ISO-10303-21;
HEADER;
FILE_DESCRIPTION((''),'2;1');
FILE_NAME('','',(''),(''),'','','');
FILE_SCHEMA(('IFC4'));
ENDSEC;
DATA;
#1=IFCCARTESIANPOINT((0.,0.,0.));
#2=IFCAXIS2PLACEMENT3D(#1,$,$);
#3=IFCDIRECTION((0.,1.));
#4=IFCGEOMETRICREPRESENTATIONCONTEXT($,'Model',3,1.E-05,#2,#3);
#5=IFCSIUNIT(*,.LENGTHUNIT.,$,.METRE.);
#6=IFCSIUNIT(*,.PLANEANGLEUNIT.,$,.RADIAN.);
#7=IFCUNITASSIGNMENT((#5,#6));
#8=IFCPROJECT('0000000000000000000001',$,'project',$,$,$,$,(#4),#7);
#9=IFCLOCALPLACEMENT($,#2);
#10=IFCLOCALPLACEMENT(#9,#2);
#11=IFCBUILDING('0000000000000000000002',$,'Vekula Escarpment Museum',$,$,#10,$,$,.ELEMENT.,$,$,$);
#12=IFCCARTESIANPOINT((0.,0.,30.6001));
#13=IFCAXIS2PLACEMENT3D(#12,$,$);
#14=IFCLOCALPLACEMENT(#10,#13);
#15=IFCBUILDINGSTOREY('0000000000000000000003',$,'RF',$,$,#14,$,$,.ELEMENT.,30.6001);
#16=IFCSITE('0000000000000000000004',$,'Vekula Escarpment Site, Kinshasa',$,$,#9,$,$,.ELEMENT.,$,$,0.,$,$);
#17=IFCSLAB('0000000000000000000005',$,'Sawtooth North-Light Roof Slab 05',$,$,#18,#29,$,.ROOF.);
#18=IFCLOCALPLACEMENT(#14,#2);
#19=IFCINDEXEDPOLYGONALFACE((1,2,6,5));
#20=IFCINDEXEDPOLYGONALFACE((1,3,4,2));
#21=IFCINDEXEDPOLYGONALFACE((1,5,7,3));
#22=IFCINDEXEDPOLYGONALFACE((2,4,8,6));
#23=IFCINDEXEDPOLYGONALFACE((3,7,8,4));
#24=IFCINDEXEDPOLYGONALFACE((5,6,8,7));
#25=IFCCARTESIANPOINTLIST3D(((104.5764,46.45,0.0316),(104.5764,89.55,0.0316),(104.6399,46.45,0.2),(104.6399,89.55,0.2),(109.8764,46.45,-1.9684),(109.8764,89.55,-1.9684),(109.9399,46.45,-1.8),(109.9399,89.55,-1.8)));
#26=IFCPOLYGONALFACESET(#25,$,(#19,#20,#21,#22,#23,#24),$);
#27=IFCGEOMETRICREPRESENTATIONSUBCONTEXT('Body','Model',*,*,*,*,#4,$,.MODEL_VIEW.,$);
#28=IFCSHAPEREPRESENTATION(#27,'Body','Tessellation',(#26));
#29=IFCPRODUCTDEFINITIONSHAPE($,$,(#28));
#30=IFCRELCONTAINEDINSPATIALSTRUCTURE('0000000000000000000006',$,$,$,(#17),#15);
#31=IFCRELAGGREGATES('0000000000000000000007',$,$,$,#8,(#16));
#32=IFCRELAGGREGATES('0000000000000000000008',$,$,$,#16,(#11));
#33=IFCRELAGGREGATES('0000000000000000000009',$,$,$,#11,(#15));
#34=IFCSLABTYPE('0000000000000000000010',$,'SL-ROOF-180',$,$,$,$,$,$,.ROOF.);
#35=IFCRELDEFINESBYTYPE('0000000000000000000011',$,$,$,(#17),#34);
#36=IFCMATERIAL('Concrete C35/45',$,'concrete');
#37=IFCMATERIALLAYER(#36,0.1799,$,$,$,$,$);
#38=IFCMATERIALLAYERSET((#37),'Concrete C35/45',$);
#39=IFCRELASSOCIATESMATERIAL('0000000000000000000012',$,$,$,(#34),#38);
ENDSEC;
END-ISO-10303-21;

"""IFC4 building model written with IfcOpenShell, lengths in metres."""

from ifc_helpers import new_model, si_unit, direction, frame, origin, place, context, subcontext, project, spatial, polyline, outline, extrude, material, layer, layer_set, type_object, element, save


model = new_model("IFC4")

# Units and contexts
model_context = context("Model", 3, precision=1e-05, world=origin(), true_north=direction((0.0, 1.0)))
body_context = subcontext(model_context, "Body", "Model", "MODEL_VIEW")
ifc_project = project(units=[si_unit("LENGTHUNIT", "METRE"), si_unit("PLANEANGLEUNIT", "RADIAN")], contexts=[model_context])

# Site, building, storey
site_placement = place(None, origin())
site = spatial("IfcSite", under=ifc_project, at=site_placement, Name="Vekula Escarpment Site, Kinshasa", CompositionType="ELEMENT", RefElevation=0.0)
building_placement = place(site_placement, origin())
building = spatial("IfcBuilding", under=site, at=building_placement, Name="Vekula Escarpment Museum", CompositionType="ELEMENT")
storey_placement = place(building_placement, frame((0.0, 0.0, 30.6001)))
storey = spatial("IfcBuildingStorey", under=building, at=storey_placement, Name="RF", CompositionType="ELEMENT", Elevation=30.6001)

# Slab
ifc_material_1 = material(Name="Concrete C35/45", Category="concrete")
ifc_layer_1 = layer(ifc_material_1, 0.1799)
ifc_layer_set_1 = layer_set([ifc_layer_1], Name="Concrete C35/45")
slab_type = type_object("IfcSlabType", Name="SL-ROOF-180", PredefinedType="ROOF", material=ifc_layer_set_1)
for number, where, z_axis, x_axis, name in (
    (1, (104.6399, 46.45, 0.2), (0.353054, 0.0, 0.935603), (0.935603, 0.0, -0.353054), "Sawtooth North-Light Roof Slab 05"),
):
    element("IfcSlab", number, at=place(storey_placement, frame(where, z_axis=z_axis, x_axis=x_axis)), inside=storey, type_object=slab_type, Name=name, PredefinedType="ROOF", context=body_context, shape_type="SweptSolid", body=[
        extrude(outline(polyline([(0.0, 0.0), (5.6648, 0.0), (5.6648, 43.1001), (0.0, 43.1001), (0.0, 0.0)])), origin(), (0.0, 0.0, -1.0), 0.1799),
    ])

save(model, "model.ifc")
